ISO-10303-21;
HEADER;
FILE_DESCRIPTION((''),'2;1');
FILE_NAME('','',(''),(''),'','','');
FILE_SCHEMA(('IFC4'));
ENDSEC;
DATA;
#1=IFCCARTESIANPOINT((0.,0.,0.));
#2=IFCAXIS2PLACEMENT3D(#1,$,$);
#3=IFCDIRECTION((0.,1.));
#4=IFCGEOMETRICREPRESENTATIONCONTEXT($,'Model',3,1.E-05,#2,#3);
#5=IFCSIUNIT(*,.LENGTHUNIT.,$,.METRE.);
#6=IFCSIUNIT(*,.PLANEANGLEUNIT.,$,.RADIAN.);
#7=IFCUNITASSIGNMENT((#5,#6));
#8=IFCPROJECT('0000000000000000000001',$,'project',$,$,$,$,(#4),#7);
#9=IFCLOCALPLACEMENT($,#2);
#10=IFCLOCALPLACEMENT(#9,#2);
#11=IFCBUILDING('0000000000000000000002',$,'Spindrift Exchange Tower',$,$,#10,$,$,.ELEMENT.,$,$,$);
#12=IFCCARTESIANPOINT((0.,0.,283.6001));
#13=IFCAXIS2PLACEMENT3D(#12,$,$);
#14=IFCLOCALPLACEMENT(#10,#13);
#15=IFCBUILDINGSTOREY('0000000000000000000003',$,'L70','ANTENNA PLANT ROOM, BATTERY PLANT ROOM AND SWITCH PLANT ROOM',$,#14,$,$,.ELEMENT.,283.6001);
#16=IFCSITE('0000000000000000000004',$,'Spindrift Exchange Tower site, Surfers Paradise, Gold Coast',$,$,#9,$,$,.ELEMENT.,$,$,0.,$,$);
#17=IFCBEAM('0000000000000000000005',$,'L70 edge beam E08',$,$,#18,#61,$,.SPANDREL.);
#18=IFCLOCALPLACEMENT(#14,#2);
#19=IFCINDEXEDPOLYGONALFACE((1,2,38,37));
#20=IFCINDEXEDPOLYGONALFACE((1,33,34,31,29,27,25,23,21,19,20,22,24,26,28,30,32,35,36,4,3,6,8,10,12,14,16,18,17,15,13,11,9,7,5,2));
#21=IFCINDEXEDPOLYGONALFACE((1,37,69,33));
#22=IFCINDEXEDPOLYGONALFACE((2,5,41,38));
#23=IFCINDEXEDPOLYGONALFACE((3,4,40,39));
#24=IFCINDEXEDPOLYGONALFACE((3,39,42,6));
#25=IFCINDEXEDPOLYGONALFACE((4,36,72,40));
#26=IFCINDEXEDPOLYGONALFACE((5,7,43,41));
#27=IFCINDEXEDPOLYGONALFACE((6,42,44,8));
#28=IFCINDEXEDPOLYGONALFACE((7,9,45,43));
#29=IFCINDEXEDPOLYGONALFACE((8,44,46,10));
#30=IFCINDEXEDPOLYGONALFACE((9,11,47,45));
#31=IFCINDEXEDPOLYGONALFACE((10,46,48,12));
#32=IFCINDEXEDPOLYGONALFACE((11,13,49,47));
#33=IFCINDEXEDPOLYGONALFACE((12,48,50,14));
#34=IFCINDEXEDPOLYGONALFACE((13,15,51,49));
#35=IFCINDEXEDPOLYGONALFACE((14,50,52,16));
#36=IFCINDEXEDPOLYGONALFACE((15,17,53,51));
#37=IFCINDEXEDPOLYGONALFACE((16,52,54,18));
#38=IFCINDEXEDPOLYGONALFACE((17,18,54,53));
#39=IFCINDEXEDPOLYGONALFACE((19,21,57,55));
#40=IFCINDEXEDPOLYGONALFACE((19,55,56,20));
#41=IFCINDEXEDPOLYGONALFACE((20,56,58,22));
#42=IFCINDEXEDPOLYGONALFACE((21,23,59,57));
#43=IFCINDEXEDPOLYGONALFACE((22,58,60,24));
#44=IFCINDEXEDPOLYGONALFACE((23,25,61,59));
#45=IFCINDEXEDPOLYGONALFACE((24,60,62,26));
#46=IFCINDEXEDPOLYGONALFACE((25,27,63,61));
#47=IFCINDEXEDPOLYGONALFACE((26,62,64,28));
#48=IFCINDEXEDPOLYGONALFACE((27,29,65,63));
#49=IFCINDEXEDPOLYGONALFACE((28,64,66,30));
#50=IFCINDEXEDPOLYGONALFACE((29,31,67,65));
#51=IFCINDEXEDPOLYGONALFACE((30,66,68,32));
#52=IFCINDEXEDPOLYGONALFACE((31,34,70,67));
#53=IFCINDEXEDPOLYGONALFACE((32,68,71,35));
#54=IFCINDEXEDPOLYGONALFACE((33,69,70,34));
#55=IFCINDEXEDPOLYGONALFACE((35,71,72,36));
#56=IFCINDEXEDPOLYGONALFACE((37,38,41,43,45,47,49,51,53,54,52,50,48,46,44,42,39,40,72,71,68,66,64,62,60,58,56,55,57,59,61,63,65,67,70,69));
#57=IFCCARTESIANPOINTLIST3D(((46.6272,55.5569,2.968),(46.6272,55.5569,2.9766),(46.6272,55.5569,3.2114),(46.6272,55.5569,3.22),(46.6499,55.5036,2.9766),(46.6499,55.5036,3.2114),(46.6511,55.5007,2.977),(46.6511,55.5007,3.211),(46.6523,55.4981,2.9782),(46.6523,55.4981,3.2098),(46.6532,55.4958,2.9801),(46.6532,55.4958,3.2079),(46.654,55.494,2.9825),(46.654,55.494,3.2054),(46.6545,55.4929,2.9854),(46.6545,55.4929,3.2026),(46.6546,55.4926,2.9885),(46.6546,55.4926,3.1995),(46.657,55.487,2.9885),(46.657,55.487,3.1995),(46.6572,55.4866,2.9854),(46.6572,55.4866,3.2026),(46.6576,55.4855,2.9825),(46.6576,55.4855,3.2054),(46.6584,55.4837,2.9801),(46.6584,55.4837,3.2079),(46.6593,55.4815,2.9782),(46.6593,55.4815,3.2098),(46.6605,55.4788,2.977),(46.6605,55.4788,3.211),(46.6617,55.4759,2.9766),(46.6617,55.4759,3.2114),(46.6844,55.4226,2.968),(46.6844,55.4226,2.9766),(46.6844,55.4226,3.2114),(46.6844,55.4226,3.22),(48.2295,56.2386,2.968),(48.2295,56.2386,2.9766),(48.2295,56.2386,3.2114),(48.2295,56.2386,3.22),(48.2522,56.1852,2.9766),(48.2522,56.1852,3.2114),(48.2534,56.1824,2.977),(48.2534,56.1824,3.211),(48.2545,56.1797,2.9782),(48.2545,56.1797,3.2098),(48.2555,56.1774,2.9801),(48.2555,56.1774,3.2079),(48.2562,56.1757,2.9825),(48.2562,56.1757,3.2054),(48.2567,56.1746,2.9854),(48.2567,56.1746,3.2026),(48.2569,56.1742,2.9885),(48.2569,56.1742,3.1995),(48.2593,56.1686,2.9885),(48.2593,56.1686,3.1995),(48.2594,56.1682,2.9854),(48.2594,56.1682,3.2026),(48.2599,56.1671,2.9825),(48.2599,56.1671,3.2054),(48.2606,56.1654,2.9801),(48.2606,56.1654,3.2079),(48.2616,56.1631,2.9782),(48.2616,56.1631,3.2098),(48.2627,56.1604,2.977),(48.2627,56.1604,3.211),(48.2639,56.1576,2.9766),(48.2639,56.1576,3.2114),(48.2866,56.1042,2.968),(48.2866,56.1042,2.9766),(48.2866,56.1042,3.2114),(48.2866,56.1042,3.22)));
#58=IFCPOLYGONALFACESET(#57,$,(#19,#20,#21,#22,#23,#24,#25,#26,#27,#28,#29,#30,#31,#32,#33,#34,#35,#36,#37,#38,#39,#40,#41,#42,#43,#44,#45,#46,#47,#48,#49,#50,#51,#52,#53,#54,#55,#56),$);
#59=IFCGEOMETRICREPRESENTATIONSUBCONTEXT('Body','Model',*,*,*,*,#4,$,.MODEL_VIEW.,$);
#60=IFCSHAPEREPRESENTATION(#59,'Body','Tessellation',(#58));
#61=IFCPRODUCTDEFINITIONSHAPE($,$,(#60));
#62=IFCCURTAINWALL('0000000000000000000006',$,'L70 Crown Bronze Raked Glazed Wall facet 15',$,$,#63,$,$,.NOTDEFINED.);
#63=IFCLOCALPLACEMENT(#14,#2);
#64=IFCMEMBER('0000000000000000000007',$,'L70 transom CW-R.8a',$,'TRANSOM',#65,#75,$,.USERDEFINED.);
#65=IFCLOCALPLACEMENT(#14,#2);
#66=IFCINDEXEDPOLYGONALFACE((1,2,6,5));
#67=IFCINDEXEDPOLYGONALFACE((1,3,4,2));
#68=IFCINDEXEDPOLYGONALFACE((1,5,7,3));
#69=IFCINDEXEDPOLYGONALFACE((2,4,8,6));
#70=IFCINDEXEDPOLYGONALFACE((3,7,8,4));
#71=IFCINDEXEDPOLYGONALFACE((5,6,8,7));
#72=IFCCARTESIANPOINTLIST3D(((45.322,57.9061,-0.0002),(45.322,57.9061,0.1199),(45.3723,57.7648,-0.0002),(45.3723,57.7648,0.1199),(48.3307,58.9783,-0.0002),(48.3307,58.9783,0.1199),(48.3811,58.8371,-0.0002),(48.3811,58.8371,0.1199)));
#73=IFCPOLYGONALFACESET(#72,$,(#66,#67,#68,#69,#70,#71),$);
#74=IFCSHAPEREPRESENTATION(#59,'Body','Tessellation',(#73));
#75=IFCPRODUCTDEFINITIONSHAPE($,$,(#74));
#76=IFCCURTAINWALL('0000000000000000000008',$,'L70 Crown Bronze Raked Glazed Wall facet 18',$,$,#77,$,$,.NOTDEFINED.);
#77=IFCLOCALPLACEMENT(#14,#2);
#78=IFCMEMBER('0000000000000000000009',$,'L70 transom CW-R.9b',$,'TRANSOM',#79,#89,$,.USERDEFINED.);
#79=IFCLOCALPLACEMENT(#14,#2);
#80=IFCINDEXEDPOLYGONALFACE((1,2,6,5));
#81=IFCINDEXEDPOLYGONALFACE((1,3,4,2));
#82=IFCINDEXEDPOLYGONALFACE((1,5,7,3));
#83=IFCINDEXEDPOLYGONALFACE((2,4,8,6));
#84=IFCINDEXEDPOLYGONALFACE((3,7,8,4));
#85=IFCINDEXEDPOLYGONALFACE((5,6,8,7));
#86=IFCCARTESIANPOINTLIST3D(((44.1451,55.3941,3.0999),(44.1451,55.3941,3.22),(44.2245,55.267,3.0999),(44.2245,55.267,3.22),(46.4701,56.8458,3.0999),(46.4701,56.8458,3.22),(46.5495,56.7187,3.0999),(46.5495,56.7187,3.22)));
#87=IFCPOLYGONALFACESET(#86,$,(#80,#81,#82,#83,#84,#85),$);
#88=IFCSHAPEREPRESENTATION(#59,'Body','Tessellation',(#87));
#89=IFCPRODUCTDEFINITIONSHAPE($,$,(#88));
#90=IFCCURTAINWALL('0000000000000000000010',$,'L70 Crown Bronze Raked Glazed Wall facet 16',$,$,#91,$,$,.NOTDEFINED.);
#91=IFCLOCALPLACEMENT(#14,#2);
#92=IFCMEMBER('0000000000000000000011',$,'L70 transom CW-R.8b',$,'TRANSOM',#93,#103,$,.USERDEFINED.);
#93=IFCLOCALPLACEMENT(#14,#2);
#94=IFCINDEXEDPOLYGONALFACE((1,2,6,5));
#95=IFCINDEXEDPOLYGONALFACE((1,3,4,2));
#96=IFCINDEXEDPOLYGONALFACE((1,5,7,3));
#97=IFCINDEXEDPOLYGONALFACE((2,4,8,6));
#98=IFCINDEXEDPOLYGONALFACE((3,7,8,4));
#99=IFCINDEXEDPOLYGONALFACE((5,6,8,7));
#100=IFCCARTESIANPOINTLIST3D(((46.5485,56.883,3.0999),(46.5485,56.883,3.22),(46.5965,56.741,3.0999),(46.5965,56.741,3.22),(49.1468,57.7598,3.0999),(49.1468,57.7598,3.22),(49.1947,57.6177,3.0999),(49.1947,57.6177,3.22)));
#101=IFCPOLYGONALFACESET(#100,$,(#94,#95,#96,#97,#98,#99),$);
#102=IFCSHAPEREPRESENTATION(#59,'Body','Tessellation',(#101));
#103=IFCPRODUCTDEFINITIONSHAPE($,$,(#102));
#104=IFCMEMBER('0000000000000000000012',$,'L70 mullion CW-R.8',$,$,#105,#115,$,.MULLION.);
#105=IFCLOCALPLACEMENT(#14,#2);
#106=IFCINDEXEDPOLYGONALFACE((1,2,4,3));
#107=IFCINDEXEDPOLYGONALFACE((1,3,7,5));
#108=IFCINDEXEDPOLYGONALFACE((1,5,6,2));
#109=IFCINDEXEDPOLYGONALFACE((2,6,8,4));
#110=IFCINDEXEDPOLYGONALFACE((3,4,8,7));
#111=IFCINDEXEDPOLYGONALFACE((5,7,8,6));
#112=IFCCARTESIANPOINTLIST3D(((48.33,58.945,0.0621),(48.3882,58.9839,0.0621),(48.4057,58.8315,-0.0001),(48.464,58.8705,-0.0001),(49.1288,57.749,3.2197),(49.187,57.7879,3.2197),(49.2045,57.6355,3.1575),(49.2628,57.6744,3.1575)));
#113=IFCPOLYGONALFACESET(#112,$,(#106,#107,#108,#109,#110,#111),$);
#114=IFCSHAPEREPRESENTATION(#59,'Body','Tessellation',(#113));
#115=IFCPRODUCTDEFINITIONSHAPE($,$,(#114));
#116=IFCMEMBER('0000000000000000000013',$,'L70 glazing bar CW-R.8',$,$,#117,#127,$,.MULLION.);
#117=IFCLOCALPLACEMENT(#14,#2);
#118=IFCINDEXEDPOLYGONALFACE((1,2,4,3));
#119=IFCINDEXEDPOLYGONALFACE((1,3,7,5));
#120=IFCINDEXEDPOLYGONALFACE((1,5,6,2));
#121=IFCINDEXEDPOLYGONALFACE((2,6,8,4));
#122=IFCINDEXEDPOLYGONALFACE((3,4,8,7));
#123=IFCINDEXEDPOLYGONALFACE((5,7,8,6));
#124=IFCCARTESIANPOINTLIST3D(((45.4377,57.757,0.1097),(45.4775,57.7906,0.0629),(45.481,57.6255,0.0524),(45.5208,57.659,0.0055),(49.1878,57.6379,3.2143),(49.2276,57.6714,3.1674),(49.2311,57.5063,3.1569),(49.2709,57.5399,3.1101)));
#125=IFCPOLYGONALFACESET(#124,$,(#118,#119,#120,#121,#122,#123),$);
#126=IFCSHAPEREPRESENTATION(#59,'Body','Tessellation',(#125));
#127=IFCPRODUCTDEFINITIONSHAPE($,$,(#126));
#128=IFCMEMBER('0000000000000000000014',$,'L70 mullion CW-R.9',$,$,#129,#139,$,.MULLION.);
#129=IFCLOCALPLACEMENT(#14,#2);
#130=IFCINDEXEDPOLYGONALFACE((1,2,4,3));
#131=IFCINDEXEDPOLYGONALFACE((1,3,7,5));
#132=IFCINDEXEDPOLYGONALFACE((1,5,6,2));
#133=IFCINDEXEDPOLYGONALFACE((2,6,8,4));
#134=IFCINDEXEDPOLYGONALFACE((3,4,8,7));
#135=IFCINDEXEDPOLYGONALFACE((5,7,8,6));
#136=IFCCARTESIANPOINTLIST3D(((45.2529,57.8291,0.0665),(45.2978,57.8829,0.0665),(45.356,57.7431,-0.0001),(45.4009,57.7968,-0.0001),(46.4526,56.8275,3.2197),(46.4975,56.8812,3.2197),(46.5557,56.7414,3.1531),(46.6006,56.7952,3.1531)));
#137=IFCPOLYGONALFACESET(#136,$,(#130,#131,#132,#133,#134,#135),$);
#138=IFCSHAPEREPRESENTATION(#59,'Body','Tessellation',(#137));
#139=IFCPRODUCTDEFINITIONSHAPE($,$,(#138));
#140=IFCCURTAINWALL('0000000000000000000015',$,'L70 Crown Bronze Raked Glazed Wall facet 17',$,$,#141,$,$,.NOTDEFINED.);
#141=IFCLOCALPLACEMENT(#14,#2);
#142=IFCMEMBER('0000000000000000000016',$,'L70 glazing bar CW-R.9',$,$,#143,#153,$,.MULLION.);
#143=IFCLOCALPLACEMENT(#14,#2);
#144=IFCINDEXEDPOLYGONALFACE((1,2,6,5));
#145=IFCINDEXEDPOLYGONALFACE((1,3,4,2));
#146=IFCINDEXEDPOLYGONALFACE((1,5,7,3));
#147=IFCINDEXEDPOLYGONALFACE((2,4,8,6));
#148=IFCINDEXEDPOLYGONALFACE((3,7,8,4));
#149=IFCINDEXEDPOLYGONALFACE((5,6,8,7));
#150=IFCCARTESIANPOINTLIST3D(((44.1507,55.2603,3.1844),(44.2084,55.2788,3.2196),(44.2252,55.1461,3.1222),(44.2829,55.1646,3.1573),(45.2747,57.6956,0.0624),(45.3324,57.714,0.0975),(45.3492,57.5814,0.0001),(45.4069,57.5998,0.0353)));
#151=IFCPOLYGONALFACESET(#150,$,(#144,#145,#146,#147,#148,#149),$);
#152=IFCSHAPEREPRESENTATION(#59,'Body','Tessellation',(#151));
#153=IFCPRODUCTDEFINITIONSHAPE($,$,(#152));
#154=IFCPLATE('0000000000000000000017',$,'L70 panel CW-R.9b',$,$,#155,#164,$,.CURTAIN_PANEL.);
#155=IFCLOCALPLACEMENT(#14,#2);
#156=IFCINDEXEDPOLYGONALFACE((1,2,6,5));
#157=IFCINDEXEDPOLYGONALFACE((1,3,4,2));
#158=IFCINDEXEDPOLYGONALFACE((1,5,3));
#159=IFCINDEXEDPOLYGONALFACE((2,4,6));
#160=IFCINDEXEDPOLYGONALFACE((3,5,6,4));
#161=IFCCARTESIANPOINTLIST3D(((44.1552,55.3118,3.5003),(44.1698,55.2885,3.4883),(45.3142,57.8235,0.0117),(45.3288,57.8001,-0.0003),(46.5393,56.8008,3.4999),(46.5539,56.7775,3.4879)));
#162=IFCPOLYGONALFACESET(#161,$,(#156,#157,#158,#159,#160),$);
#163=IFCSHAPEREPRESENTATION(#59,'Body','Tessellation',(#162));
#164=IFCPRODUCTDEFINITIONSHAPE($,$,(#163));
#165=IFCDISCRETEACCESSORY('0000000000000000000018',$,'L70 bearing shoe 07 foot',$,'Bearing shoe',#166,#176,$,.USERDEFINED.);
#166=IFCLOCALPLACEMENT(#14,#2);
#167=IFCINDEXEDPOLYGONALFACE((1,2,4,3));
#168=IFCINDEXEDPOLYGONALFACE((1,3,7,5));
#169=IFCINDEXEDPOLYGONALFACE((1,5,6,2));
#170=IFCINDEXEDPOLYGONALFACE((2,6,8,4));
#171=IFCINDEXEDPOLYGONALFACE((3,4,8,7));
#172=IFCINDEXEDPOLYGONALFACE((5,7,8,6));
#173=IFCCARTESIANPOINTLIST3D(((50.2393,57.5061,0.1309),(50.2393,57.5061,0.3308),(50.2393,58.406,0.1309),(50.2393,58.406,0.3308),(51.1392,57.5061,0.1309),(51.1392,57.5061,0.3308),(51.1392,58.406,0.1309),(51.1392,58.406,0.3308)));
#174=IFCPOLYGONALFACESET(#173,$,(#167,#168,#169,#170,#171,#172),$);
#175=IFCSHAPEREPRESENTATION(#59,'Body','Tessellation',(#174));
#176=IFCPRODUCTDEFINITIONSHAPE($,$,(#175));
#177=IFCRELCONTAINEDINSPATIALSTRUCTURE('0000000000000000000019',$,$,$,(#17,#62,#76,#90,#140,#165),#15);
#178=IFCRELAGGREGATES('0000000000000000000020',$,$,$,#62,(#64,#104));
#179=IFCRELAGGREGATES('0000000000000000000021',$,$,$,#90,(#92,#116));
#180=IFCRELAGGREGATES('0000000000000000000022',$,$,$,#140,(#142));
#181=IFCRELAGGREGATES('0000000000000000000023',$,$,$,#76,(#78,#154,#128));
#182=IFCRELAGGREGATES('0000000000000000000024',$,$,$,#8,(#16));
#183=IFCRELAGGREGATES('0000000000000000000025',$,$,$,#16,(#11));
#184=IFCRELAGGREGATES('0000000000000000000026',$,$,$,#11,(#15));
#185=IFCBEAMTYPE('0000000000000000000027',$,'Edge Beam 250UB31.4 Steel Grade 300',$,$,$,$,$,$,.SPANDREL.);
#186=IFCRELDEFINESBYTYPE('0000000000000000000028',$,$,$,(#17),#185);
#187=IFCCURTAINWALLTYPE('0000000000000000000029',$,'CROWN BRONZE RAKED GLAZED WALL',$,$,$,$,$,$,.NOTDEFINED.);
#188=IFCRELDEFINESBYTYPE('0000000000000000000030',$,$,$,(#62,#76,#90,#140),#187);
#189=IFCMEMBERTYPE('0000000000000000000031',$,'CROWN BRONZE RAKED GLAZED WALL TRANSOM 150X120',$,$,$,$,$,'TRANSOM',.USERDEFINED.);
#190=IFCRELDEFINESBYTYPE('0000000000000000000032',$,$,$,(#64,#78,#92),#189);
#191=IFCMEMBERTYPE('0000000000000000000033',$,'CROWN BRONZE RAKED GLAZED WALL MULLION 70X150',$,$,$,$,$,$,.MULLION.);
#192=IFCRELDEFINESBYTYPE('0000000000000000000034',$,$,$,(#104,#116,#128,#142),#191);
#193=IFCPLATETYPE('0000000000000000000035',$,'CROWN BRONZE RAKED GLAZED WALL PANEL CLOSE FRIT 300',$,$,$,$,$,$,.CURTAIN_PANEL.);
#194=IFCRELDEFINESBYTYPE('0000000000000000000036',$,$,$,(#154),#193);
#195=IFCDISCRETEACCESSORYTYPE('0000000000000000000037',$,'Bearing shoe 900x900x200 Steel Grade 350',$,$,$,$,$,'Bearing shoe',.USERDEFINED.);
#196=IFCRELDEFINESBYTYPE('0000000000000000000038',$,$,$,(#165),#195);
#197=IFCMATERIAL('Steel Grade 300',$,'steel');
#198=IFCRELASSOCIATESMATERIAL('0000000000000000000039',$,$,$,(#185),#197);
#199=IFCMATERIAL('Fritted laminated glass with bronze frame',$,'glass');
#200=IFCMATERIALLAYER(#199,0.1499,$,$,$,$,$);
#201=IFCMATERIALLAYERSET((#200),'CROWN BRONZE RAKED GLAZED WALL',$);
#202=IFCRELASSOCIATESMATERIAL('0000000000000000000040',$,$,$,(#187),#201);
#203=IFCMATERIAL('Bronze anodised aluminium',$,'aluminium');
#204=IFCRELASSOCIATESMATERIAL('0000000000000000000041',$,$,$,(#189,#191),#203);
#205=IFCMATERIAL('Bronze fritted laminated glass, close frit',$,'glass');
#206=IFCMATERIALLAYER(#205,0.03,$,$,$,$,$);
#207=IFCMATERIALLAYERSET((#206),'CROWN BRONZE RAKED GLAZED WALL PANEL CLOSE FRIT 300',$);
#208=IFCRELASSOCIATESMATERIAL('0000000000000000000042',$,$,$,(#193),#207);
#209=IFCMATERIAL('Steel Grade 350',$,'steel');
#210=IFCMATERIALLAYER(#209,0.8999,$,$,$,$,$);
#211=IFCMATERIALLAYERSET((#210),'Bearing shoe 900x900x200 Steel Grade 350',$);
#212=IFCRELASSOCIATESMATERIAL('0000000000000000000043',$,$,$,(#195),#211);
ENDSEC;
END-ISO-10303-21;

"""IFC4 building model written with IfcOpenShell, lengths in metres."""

from ifc_helpers import new_model, si_unit, direction, frame, origin, origin_2d, place, context, subcontext, project, spatial, line, indexed_curve, rectangle, i_section, outline, extrude, source, transform, mapped, material, layer, layer_set, material_profile, profile_set, type_object, element, aggregate, save


model = new_model("IFC4")

# Units and contexts
model_context = context("Model", 3, precision=1e-05, world=origin(), true_north=direction((0.0, 1.0)))
body_context = subcontext(model_context, "Body", "Model", "MODEL_VIEW")
ifc_project = project(units=[si_unit("LENGTHUNIT", "METRE"), si_unit("PLANEANGLEUNIT", "RADIAN")], contexts=[model_context])

# Site, building, storey
site_placement = place(None, origin())
site = spatial("IfcSite", under=ifc_project, at=site_placement, Name="Spindrift Exchange Tower site, Surfers Paradise, Gold Coast", CompositionType="ELEMENT", RefElevation=0.0)
building_placement = place(site_placement, origin())
building = spatial("IfcBuilding", under=site, at=building_placement, Name="Spindrift Exchange Tower", CompositionType="ELEMENT")
storey_placement = place(building_placement, frame((0.0, 0.0, 283.6001)))
storey = spatial("IfcBuildingStorey", under=building, at=storey_placement, Name="L70", Description="ANTENNA PLANT ROOM, BATTERY PLANT ROOM AND SWITCH PLANT ROOM", CompositionType="ELEMENT", Elevation=283.6001)

# Beam
ifc_material_1 = material(Name="Steel Grade 300", Category="steel")
ifc_material_profile_1 = material_profile(ifc_material_1, i_section(OverallWidth=0.146, OverallDepth=0.252, WebThickness=0.0061, FlangeThickness=0.0085, FilletRadius=0.012, at=origin_2d()), Name="250UB31.4")
ifc_profile_set_1 = profile_set([ifc_material_profile_1], Name="Steel Grade 300")
beam_type = type_object("IfcBeamType", Name="Edge Beam 250UB31.4 Steel Grade 300", PredefinedType="SPANDREL", material=ifc_profile_set_1)
shared_shape_1 = source(origin(), body_context, "Body", "SweptSolid", [
    extrude(i_section(OverallWidth=0.146, OverallDepth=0.252, WebThickness=0.0061, FlangeThickness=0.0085, FilletRadius=0.012, at=origin_2d()), origin(), (0.0, 0.0, 1.0), 1.7412),
])
beam_1_placement = place(storey_placement, frame((48.2581, 56.1714, 3.094), z_axis=(-0.920193, -0.391464, 0.0), x_axis=(0.391464, -0.920193, 0.0)))
element("IfcBeam", 1, at=beam_1_placement, inside=storey, type_object=beam_type, Name="L70 edge beam E08", PredefinedType="SPANDREL", context=body_context, shape_type="MappedRepresentation", body=[
    mapped(shared_shape_1, transform((0.0, 0.0, 0.0), scale=1.0)),
])

# Curtain walls, members
ifc_material_2 = material(Name="Fritted laminated glass with bronze frame", Category="glass")
ifc_layer_1 = layer(ifc_material_2, 0.1499)
ifc_layer_set_1 = layer_set([ifc_layer_1], Name="CROWN BRONZE RAKED GLAZED WALL")
curtain_wall_type = type_object("IfcCurtainWallType", Name="CROWN BRONZE RAKED GLAZED WALL", PredefinedType="NOTDEFINED", material=ifc_layer_set_1)
curtain_wall_1_placement = place(storey_placement, origin())
curtain_wall_1 = element("IfcCurtainWall", 2, at=curtain_wall_1_placement, inside=storey, type_object=curtain_wall_type, Name="L70 Crown Bronze Raked Glazed Wall facet 15", PredefinedType="NOTDEFINED")
ifc_material_3 = material(Name="Bronze anodised aluminium", Category="aluminium")
ifc_material_profile_2 = material_profile(ifc_material_3, rectangle(XDim=0.1499, YDim=0.1201, at=origin_2d()), Name="CROWN BRONZE RAKED GLAZED WALL TRANSOM 150X120")
ifc_profile_set_2 = profile_set([ifc_material_profile_2], Name="Bronze anodised aluminium")
member_type_1 = type_object("IfcMemberType", Name="CROWN BRONZE RAKED GLAZED WALL TRANSOM 150X120", ElementType="TRANSOM", PredefinedType="USERDEFINED", material=ifc_profile_set_2)
shared_shape_2 = source(origin(), body_context, "Body", "SweptSolid", [
    extrude(rectangle(XDim=0.1499, YDim=0.1201, at=origin_2d()), origin(), (0.0, 0.0, 1.0), 3.1941),
])
member_1_placement = place(storey_placement, frame((45.3472, 57.8354, 0.0598), z_axis=(0.94197, 0.335697, 0.0), x_axis=(-0.335697, 0.94197, 0.0)))
member_1 = element("IfcMember", 3, at=member_1_placement, type_object=member_type_1, Name="L70 transom CW-R.8a", ObjectType="TRANSOM", PredefinedType="USERDEFINED", context=body_context, shape_type="MappedRepresentation", body=[
    mapped(shared_shape_2, transform((0.0, 0.0, 0.0), scale=1.0)),
])
curtain_wall_2_placement = place(storey_placement, origin())
curtain_wall_2 = element("IfcCurtainWall", 4, at=curtain_wall_2_placement, inside=storey, type_object=curtain_wall_type, Name="L70 Crown Bronze Raked Glazed Wall facet 18", PredefinedType="NOTDEFINED")
shared_shape_3 = source(origin(), body_context, "Body", "SweptSolid", [
    extrude(rectangle(XDim=0.1499, YDim=0.1201, at=origin_2d()), origin(), (0.0, 0.0, 1.0), 2.741),
])
member_2_placement = place(storey_placement, frame((46.5098, 56.7822, 3.1599), z_axis=(-0.848233, -0.529623, 0.0), x_axis=(0.529623, -0.848233, 0.0)))
member_2 = element("IfcMember", 5, at=member_2_placement, type_object=member_type_1, Name="L70 transom CW-R.9b", ObjectType="TRANSOM", PredefinedType="USERDEFINED", context=body_context, shape_type="MappedRepresentation", body=[
    mapped(shared_shape_3, transform((0.0, 0.0, 0.0), scale=1.0)),
])
curtain_wall_3_placement = place(storey_placement, origin())
curtain_wall_3 = element("IfcCurtainWall", 6, at=curtain_wall_3_placement, inside=storey, type_object=curtain_wall_type, Name="L70 Crown Bronze Raked Glazed Wall facet 16", PredefinedType="NOTDEFINED")
shared_shape_4 = source(origin(), body_context, "Body", "SweptSolid", [
    extrude(rectangle(XDim=0.1499, YDim=0.1201, at=origin_2d()), origin(), (0.0, 0.0, 1.0), 2.7422),
])
member_3_placement = place(storey_placement, frame((46.5725, 56.812, 3.1599), z_axis=(0.94751, 0.319725, 0.0), x_axis=(-0.319725, 0.94751, 0.0)))
member_3 = element("IfcMember", 7, at=member_3_placement, type_object=member_type_1, Name="L70 transom CW-R.8b", ObjectType="TRANSOM", PredefinedType="USERDEFINED", context=body_context, shape_type="MappedRepresentation", body=[
    mapped(shared_shape_4, transform((0.0, 0.0, 0.0), scale=1.0)),
])

# Members
ifc_material_profile_3 = material_profile(ifc_material_3, rectangle(XDim=0.0701, YDim=0.1499, at=origin_2d()), Name="CROWN BRONZE RAKED GLAZED WALL MULLION 70X150")
ifc_profile_set_3 = profile_set([ifc_material_profile_3], Name="Bronze anodised aluminium")
member_type_2 = type_object("IfcMemberType", Name="CROWN BRONZE RAKED GLAZED WALL MULLION 70X150", PredefinedType="MULLION", material=ifc_profile_set_3)
shared_shape_5 = source(origin(), body_context, "Body", "SweptSolid", [
    extrude(rectangle(XDim=0.0701, YDim=0.1499, at=origin_2d()), origin(), (0.0, 0.0, 1.0), 3.4697),
])
member_4_placement = place(storey_placement, frame((48.397, 58.9077, 0.031), z_axis=(0.23022, -0.344697, 0.910045), x_axis=(0.83158, 0.555405, 0.0)))
member_4 = element("IfcMember", 8, at=member_4_placement, type_object=member_type_2, Name="L70 mullion CW-R.8", PredefinedType="MULLION", context=body_context, shape_type="MappedRepresentation", body=[
    mapped(shared_shape_5, transform((0.0, 0.0, 0.0), scale=1.0)),
])
aggregate(curtain_wall_1, [member_1, member_4])
shared_shape_6 = source(origin(), body_context, "Body", "SweptSolid", [
    extrude(rectangle(XDim=0.0701, YDim=0.1499, at=origin_2d()), origin(), (0.0, 0.0, 1.0), 4.8699),
])
member_5_placement = place(storey_placement, frame((45.4792, 57.708, 0.0576), z_axis=(0.770058, -0.024465, 0.637504), x_axis=(0.568841, 0.478749, -0.668745)))
member_5 = element("IfcMember", 9, at=member_5_placement, type_object=member_type_2, Name="L70 glazing bar CW-R.8", PredefinedType="MULLION", context=body_context, shape_type="MappedRepresentation", body=[
    mapped(shared_shape_6, transform((0.0, 0.0, 0.0), scale=1.0)),
])
aggregate(curtain_wall_3, [member_3, member_5])
shared_shape_7 = source(origin(), body_context, "Body", "SweptSolid", [
    extrude(rectangle(XDim=0.0701, YDim=0.1499, at=origin_2d()), origin(), (0.0, 0.0, 1.0), 3.5193),
])
member_6_placement = place(storey_placement, frame((45.3269, 57.813, 0.0332), z_axis=(0.340884, -0.284625, 0.895983), x_axis=(0.640922, 0.767606, 0.0)))
member_6 = element("IfcMember", 10, at=member_6_placement, type_object=member_type_2, Name="L70 mullion CW-R.9", PredefinedType="MULLION", context=body_context, shape_type="MappedRepresentation", body=[
    mapped(shared_shape_7, transform((0.0, 0.0, 0.0), scale=1.0)),
])

# Curtain wall, member
curtain_wall_4_placement = place(storey_placement, origin())
curtain_wall_4 = element("IfcCurtainWall", 11, at=curtain_wall_4_placement, inside=storey, type_object=curtain_wall_type, Name="L70 Crown Bronze Raked Glazed Wall facet 17", PredefinedType="NOTDEFINED")
shared_shape_8 = source(origin(), body_context, "Body", "SweptSolid", [
    extrude(rectangle(XDim=0.0701, YDim=0.1499, at=origin_2d()), origin(), (0.0, 0.0, 1.0), 4.116),
])
member_7_placement = place(storey_placement, frame((45.3408, 57.6477, 0.0488), z_axis=(-0.273086, -0.591667, 0.758521), x_axis=(0.823632, 0.263598, 0.502142)))
member_7 = element("IfcMember", 12, at=member_7_placement, type_object=member_type_2, Name="L70 glazing bar CW-R.9", PredefinedType="MULLION", context=body_context, shape_type="MappedRepresentation", body=[
    mapped(shared_shape_8, transform((0.0, 0.0, 0.0), scale=1.0)),
])
aggregate(curtain_wall_4, [member_7])

# Plate
ifc_material_4 = material(Name="Bronze fritted laminated glass, close frit", Category="glass")
ifc_layer_2 = layer(ifc_material_4, 0.03)
ifc_layer_set_2 = layer_set([ifc_layer_2], Name="CROWN BRONZE RAKED GLAZED WALL PANEL CLOSE FRIT 300")
plate_type = type_object("IfcPlateType", Name="CROWN BRONZE RAKED GLAZED WALL PANEL CLOSE FRIT 300", PredefinedType="CURTAIN_PANEL", material=ifc_layer_set_2)
plate_placement = place(storey_placement, frame((45.3142, 57.8235, 0.0117), z_axis=(-0.485767, 0.77788, 0.398664), x_axis=(-0.260328, -0.564145, 0.783562)))
plate = element("IfcPlate", 13, at=plate_placement, type_object=plate_type, Name="L70 panel CW-R.9b", PredefinedType="CURTAIN_PANEL", context=body_context, shape_type="SweptSolid", body=[
    extrude(outline(indexed_curve([(0.0, 0.0), (4.4521, 0.0), (2.9912, 2.4014)], segments=[line(1, 2, 3, 1)], self_intersect=False)), origin(), (0.0, 0.0, -1.0), 0.03),
])
aggregate(curtain_wall_2, [member_2, plate, member_6])

# Discrete accessory
ifc_material_5 = material(Name="Steel Grade 350", Category="steel")
ifc_layer_3 = layer(ifc_material_5, 0.8999)
ifc_layer_set_3 = layer_set([ifc_layer_3], Name="Bearing shoe 900x900x200 Steel Grade 350")
discrete_accessory_type = type_object("IfcDiscreteAccessoryType", Name="Bearing shoe 900x900x200 Steel Grade 350", ElementType="Bearing shoe", PredefinedType="USERDEFINED", material=ifc_layer_set_3)
shared_shape_9 = source(origin(), body_context, "Body", "SweptSolid", [
    extrude(rectangle(XDim=0.8999, YDim=0.8999, at=origin_2d()), origin(), (0.0, 0.0, 1.0), 0.2),
])
for number, where, z_axis, x_axis, name in (
    (14, (50.6892, 57.9561, 0.1309), (0.0, 0.0, 1.0), (1.0, 0.0, 0.0), "L70 bearing shoe 07 foot"),
):
    element("IfcDiscreteAccessory", number, at=place(storey_placement, frame(where, z_axis=z_axis, x_axis=x_axis)), inside=storey, type_object=discrete_accessory_type, Name=name, ObjectType="Bearing shoe", PredefinedType="USERDEFINED", context=body_context, shape_type="MappedRepresentation", body=[
        mapped(shared_shape_9, transform((0.0, 0.0, 0.0), scale=1.0)),
    ])

save(model, "model.ifc")
